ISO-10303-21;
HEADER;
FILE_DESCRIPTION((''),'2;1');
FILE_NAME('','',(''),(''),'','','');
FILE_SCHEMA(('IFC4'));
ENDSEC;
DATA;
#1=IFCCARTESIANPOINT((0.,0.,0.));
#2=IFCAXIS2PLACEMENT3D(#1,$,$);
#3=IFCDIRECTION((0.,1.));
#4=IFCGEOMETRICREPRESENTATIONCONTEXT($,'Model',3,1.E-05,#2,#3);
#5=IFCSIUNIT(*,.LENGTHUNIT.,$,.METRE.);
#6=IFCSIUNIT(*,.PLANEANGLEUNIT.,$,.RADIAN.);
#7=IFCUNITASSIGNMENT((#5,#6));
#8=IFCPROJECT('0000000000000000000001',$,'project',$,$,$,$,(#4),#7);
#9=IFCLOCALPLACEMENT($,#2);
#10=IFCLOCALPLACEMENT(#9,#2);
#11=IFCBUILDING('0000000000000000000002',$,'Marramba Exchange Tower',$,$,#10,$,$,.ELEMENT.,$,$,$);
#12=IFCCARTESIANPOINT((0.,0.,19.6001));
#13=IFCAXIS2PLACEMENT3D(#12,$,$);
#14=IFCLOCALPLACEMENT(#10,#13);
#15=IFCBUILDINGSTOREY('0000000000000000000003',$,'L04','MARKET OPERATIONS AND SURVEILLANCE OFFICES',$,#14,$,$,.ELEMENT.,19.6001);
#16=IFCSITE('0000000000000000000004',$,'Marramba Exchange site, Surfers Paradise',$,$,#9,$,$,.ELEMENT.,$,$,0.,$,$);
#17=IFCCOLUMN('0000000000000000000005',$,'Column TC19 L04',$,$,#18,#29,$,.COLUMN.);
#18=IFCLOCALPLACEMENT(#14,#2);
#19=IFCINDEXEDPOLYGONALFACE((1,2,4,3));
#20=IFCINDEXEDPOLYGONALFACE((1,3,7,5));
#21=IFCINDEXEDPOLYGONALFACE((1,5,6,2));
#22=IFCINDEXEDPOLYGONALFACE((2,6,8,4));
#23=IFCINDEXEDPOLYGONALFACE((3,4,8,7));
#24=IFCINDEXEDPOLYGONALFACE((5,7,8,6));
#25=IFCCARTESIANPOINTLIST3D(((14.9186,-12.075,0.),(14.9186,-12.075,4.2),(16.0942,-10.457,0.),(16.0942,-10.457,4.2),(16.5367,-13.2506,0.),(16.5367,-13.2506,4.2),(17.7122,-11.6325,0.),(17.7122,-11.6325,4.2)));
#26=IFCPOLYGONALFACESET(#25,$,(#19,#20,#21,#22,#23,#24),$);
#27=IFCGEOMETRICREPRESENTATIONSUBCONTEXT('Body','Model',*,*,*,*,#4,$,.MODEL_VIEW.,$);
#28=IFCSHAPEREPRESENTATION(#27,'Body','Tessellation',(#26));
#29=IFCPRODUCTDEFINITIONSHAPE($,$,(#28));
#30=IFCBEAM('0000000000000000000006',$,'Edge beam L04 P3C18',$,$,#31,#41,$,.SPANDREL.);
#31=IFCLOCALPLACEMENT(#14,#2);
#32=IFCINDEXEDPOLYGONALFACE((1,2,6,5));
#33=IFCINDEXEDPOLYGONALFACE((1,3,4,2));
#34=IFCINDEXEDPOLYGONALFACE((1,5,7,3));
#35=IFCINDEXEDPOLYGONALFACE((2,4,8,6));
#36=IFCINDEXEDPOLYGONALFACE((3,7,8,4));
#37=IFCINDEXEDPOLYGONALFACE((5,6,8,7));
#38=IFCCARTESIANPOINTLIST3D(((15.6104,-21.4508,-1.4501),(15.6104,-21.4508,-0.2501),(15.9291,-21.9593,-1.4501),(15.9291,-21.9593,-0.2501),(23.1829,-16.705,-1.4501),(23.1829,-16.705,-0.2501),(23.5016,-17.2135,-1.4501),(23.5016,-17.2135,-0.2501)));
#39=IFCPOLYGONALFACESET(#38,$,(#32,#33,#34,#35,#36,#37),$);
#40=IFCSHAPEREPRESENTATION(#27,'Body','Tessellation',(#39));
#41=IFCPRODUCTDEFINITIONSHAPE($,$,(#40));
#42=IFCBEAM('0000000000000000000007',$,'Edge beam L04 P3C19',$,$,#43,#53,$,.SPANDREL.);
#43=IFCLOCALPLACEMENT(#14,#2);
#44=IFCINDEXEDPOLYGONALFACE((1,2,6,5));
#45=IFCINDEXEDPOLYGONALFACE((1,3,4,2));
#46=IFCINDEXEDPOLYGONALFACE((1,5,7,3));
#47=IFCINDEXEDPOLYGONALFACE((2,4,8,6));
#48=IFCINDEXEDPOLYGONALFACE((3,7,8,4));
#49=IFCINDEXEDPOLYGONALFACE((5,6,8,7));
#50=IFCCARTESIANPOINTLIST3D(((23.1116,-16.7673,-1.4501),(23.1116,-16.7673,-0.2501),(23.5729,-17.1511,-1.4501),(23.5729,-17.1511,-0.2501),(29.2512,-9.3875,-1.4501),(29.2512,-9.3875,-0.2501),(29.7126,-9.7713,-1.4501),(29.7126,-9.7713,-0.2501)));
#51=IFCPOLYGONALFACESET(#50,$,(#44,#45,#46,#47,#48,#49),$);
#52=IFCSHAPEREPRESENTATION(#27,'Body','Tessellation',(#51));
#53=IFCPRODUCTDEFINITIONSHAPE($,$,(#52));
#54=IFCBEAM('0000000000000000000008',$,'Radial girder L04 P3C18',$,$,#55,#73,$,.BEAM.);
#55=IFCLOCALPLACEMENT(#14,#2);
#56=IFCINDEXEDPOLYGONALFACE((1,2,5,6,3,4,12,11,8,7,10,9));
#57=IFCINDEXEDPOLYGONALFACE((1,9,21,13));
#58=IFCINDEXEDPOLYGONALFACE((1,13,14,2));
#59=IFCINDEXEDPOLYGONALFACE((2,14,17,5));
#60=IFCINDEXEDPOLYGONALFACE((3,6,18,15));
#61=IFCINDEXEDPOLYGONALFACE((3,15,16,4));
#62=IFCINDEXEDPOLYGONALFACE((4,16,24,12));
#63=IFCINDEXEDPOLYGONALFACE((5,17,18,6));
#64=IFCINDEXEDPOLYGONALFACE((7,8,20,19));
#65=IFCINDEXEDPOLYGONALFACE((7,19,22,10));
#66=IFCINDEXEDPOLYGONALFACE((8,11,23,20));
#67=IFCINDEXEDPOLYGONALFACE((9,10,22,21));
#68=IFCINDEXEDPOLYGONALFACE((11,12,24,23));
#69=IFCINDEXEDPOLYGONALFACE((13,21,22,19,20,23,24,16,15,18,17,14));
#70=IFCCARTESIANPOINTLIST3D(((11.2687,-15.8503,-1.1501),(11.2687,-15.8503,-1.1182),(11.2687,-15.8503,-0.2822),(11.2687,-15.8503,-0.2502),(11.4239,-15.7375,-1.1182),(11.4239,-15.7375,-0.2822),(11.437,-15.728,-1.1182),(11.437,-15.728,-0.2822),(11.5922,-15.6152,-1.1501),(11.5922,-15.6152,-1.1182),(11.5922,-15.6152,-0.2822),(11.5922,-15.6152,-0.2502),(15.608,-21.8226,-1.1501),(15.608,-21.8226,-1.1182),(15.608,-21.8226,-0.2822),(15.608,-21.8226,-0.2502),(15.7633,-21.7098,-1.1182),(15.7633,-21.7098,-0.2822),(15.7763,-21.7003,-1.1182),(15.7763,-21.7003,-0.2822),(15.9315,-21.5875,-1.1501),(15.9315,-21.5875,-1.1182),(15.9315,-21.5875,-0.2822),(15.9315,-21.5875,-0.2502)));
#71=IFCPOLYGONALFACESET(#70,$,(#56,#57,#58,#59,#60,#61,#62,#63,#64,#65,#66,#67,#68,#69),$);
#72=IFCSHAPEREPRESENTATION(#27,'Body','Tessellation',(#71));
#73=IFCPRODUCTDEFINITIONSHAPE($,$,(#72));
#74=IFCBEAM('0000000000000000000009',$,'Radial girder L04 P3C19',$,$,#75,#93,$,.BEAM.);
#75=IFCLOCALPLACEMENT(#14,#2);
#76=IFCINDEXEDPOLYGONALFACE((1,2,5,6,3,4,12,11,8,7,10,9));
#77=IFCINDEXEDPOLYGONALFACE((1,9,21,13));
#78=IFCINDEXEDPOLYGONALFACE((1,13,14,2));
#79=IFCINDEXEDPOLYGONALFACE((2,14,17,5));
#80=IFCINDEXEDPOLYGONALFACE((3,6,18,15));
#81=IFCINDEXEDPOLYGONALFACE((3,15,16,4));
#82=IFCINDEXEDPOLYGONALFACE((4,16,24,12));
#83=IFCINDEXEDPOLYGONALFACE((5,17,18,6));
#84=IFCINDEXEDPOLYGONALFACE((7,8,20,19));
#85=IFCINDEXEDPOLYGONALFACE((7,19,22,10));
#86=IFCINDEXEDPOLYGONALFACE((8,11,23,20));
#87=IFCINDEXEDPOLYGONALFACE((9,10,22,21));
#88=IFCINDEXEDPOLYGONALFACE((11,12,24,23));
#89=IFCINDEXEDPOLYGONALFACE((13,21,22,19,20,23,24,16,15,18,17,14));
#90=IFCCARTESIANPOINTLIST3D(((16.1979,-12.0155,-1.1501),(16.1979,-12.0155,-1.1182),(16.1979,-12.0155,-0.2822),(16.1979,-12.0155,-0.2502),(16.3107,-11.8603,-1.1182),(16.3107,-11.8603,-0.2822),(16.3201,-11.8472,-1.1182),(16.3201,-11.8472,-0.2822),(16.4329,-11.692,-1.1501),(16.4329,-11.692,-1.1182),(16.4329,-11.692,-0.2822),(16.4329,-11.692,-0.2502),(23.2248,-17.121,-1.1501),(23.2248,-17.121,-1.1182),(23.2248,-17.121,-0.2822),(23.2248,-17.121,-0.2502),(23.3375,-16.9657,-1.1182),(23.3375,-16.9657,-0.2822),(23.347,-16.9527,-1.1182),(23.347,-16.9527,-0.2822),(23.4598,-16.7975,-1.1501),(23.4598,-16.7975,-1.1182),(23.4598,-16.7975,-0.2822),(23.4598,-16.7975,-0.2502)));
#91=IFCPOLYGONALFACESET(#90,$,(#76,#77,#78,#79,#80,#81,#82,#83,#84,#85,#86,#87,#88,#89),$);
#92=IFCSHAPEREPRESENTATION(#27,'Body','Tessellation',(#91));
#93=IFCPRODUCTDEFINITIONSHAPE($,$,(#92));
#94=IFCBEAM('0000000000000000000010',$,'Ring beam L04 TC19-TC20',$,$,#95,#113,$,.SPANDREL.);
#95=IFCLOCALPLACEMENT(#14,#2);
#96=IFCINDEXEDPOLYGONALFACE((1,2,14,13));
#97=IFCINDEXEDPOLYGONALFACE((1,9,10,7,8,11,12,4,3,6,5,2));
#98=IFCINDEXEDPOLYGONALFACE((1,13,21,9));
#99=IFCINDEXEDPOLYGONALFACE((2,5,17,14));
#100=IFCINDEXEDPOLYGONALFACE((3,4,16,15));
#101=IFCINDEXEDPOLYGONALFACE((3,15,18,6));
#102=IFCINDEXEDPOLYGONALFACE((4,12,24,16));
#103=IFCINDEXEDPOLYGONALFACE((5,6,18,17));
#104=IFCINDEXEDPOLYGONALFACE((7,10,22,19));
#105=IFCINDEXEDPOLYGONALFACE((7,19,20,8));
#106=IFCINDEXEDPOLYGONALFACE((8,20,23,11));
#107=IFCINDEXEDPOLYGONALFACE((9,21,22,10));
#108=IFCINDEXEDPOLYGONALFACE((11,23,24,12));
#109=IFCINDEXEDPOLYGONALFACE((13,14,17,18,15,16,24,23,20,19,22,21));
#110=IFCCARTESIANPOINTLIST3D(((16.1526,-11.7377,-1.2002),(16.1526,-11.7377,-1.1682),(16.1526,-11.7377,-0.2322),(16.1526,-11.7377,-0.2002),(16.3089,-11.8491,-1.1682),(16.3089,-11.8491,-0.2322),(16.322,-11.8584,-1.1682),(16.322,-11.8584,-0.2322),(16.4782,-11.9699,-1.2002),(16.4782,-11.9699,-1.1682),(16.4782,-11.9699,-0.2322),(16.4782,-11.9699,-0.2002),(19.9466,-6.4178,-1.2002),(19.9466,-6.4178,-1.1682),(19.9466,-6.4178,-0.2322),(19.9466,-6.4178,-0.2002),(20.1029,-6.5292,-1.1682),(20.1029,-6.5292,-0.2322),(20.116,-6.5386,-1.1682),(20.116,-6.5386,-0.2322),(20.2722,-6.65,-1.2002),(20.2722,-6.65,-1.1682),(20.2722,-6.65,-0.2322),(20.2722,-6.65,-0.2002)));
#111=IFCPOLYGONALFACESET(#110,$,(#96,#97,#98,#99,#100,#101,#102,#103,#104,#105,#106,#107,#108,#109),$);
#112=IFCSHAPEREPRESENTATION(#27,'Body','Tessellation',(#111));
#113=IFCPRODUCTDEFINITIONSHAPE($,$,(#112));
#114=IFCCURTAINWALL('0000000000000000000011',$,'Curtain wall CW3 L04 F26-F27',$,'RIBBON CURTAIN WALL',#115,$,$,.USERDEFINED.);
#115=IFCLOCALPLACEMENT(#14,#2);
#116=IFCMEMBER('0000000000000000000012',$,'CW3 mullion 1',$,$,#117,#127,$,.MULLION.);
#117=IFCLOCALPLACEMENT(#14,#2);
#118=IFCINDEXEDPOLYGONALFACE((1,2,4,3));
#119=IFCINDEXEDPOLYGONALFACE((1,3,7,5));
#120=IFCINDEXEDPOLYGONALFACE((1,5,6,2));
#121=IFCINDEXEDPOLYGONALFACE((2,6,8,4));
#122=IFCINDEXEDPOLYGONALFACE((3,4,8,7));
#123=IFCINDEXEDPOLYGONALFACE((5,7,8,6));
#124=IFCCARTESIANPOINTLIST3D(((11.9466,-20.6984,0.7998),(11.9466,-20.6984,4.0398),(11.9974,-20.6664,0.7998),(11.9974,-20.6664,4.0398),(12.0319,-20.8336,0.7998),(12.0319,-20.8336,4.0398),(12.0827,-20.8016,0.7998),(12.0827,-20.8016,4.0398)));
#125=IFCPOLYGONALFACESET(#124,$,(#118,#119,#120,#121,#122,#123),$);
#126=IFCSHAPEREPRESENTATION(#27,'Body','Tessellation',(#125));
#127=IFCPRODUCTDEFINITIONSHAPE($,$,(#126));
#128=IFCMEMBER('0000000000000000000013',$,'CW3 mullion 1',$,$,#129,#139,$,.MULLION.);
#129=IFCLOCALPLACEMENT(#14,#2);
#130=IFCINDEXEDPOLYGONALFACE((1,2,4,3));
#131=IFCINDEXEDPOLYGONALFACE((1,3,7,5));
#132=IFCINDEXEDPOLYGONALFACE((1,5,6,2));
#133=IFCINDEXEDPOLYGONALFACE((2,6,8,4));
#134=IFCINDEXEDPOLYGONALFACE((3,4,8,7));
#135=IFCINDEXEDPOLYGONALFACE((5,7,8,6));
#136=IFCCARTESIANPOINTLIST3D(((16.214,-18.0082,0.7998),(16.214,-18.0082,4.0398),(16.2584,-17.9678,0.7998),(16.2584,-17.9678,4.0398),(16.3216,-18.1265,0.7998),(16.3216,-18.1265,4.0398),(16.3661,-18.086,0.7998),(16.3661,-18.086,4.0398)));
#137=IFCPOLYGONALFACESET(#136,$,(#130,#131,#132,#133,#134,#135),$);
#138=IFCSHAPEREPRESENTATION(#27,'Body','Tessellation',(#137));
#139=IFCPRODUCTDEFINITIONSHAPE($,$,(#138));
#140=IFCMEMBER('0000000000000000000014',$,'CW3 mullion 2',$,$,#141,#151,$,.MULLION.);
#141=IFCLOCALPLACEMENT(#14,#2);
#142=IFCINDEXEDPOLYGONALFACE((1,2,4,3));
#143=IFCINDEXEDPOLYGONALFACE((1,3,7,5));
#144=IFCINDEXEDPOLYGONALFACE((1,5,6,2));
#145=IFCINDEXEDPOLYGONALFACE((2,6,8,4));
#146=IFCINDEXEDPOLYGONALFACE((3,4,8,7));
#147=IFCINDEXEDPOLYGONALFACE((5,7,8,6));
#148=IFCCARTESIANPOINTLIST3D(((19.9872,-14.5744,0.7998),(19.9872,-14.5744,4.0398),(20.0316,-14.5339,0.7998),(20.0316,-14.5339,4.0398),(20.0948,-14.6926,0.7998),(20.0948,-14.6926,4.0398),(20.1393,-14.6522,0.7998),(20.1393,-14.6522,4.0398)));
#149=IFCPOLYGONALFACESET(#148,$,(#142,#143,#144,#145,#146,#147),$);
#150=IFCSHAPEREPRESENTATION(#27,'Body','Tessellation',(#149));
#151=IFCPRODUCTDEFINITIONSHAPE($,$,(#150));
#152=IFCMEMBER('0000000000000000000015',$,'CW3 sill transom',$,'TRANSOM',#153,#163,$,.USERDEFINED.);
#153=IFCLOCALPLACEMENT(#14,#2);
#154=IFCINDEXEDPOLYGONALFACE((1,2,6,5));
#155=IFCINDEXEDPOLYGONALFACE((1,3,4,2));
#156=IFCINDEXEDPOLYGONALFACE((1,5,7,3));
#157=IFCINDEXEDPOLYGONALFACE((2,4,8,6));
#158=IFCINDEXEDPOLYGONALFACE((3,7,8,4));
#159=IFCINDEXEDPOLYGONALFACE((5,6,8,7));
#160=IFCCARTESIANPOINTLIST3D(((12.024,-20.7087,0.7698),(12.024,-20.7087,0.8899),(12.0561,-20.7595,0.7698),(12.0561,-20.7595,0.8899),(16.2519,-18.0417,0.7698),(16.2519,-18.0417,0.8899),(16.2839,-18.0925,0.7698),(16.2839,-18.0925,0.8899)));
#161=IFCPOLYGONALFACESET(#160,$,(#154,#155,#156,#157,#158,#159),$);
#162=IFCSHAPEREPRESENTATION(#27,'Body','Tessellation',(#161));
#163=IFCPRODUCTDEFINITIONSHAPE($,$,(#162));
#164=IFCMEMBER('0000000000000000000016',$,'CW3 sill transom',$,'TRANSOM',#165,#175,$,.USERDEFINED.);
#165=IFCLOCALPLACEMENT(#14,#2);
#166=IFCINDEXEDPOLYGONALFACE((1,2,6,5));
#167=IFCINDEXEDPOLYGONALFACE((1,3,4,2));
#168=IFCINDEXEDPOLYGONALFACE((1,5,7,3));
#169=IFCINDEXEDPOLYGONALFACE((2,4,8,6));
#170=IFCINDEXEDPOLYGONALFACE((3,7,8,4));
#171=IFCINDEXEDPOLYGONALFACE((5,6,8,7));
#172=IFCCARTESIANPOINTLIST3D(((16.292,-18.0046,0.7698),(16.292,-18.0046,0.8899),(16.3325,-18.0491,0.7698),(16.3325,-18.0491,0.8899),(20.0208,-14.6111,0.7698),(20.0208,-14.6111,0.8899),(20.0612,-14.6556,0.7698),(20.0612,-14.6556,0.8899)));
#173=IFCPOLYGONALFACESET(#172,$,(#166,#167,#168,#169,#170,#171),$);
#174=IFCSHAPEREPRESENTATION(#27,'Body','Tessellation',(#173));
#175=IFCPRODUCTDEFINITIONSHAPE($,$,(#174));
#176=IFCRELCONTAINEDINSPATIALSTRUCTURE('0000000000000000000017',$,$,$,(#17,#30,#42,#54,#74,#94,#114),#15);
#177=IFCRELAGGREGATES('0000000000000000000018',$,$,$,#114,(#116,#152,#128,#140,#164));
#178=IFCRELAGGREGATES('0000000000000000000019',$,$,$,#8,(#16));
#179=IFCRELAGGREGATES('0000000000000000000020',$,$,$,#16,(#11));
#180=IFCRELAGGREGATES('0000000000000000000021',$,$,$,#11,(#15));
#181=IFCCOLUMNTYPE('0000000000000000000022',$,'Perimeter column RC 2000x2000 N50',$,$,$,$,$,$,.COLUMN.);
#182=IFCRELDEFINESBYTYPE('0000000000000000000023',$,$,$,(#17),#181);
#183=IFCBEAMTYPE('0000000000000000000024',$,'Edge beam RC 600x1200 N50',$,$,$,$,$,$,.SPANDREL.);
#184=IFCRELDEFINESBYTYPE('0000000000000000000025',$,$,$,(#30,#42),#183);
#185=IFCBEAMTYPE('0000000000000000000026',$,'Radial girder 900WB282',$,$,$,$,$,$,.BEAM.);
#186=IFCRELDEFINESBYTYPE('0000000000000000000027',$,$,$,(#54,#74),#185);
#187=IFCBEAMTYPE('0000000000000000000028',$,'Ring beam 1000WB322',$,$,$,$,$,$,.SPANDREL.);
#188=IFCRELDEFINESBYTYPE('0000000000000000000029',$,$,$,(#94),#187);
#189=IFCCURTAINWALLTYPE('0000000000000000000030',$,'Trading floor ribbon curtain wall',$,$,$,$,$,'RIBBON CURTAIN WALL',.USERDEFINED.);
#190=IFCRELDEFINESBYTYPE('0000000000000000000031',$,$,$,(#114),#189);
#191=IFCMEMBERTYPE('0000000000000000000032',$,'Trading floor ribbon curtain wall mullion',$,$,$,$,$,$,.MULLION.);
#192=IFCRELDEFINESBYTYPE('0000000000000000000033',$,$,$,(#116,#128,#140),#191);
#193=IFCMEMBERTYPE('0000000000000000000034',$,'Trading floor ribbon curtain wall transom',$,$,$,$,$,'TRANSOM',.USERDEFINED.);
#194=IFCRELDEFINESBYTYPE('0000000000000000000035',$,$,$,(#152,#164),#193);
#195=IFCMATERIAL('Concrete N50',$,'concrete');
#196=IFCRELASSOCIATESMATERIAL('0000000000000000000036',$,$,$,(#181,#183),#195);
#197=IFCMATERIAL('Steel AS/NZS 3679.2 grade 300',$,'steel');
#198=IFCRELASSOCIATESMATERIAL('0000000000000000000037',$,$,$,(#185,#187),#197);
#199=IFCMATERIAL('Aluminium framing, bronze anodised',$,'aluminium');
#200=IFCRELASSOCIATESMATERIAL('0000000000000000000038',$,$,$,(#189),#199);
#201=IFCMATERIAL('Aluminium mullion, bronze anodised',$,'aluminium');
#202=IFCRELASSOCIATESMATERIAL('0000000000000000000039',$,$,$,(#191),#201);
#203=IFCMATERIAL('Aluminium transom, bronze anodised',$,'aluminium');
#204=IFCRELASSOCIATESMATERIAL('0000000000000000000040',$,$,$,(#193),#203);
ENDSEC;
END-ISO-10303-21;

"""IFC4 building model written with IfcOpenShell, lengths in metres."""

from ifc_helpers import new_model, si_unit, direction, frame, origin, origin_2d, place, context, subcontext, project, spatial, rectangle, i_section, extrude, material, material_profile, profile_set, type_object, element, aggregate, save


model = new_model("IFC4")

# Units and contexts
model_context = context("Model", 3, precision=1e-05, world=origin(), true_north=direction((0.0, 1.0)))
body_context = subcontext(model_context, "Body", "Model", "MODEL_VIEW")
ifc_project = project(units=[si_unit("LENGTHUNIT", "METRE"), si_unit("PLANEANGLEUNIT", "RADIAN")], contexts=[model_context])

# Site, building, storey
site_placement = place(None, origin())
site = spatial("IfcSite", under=ifc_project, at=site_placement, Name="Marramba Exchange site, Surfers Paradise", CompositionType="ELEMENT", RefElevation=0.0)
building_placement = place(site_placement, origin())
building = spatial("IfcBuilding", under=site, at=building_placement, Name="Marramba Exchange Tower", CompositionType="ELEMENT")
storey_placement = place(building_placement, frame((0.0, 0.0, 19.6001)))
storey = spatial("IfcBuildingStorey", under=building, at=storey_placement, Name="L04", Description="MARKET OPERATIONS AND SURVEILLANCE OFFICES", CompositionType="ELEMENT", Elevation=19.6001)

# Column
ifc_material_1 = material(Name="Concrete N50", Category="concrete")
ifc_material_profile_1 = material_profile(ifc_material_1, rectangle(XDim=2.0, YDim=2.0, at=origin_2d()), Name="RC 2000x2000")
ifc_profile_set_1 = profile_set([ifc_material_profile_1], Name="Concrete N50")
column_type = type_object("IfcColumnType", Name="Perimeter column RC 2000x2000 N50", PredefinedType="COLUMN", material=ifc_profile_set_1)
column_placement = place(storey_placement, frame((16.3154, -11.8538, 0.0), z_axis=(0.0, 0.0, 1.0), x_axis=(0.809017, -0.587785, 0.0)))
element("IfcColumn", 1, at=column_placement, inside=storey, type_object=column_type, Name="Column TC19 L04", PredefinedType="COLUMN", context=body_context, shape_type="SweptSolid", body=[
    extrude(rectangle(XDim=2.0, YDim=2.0, at=origin_2d()), origin(), (0.0, 0.0, 1.0), 4.2),
])

# Beams
ifc_material_profile_2 = material_profile(ifc_material_1, rectangle(XDim=0.6001, YDim=1.2, at=origin_2d()), Name="RC 600x1200")
ifc_profile_set_2 = profile_set([ifc_material_profile_2], Name="Concrete N50")
beam_type_1 = type_object("IfcBeamType", Name="Edge beam RC 600x1200 N50", PredefinedType="SPANDREL", material=ifc_profile_set_2)
beam_1_placement = place(storey_placement, frame((15.7698, -21.7051, -0.8501), z_axis=(0.847342, 0.531047, 0.0), x_axis=(-0.531047, 0.847342, 0.0)))
element("IfcBeam", 2, at=beam_1_placement, inside=storey, type_object=beam_type_1, Name="Edge beam L04 P3C18", PredefinedType="SPANDREL", context=body_context, shape_type="SweptSolid", body=[
    extrude(rectangle(XDim=0.6001, YDim=1.2, at=origin_2d()), origin(), (0.0, 0.0, 1.0), 8.9368),
])
beam_2_placement = place(storey_placement, frame((23.3423, -16.9592, -0.8501), z_axis=(0.639554, 0.768746, 0.0), x_axis=(-0.768746, 0.639554, 0.0)))
element("IfcBeam", 3, at=beam_2_placement, inside=storey, type_object=beam_type_1, Name="Edge beam L04 P3C19", PredefinedType="SPANDREL", context=body_context, shape_type="SweptSolid", body=[
    extrude(rectangle(XDim=0.6001, YDim=1.2, at=origin_2d()), origin(), (0.0, 0.0, 1.0), 9.5999),
])
ifc_material_2 = material(Name="Steel AS/NZS 3679.2 grade 300", Category="steel")
ifc_material_profile_3 = material_profile(ifc_material_2, i_section(OverallWidth=0.3999, OverallDepth=0.8999, WebThickness=0.0161, FlangeThickness=0.032, at=origin_2d()), Name="900WB282")
ifc_profile_set_3 = profile_set([ifc_material_profile_3], Name="Steel AS/NZS 3679.2 grade 300")
beam_type_2 = type_object("IfcBeamType", Name="Radial girder 900WB282", PredefinedType="BEAM", material=ifc_profile_set_3)
beam_3_placement = place(storey_placement, frame((15.7698, -21.7051, -0.7002), z_axis=(-0.587798, 0.809008, 0.0), x_axis=(-0.809008, -0.587798, 0.0)))
element("IfcBeam", 4, at=beam_3_placement, inside=storey, type_object=beam_type_2, Name="Radial girder L04 P3C18", PredefinedType="BEAM", context=body_context, shape_type="SweptSolid", body=[
    extrude(i_section(OverallWidth=0.3999, OverallDepth=0.8999, WebThickness=0.0161, FlangeThickness=0.032, at=origin_2d()), origin(), (0.0, 0.0, 1.0), 7.3823),
])
beam_4_placement = place(storey_placement, frame((23.3423, -16.9592, -0.7002), z_axis=(-0.809008, 0.587797, 0.0), x_axis=(-0.587797, -0.809008, 0.0)))
element("IfcBeam", 5, at=beam_4_placement, inside=storey, type_object=beam_type_2, Name="Radial girder L04 P3C19", PredefinedType="BEAM", context=body_context, shape_type="SweptSolid", body=[
    extrude(i_section(OverallWidth=0.3999, OverallDepth=0.8999, WebThickness=0.0161, FlangeThickness=0.032, at=origin_2d()), origin(), (0.0, 0.0, 1.0), 8.6858),
])
ifc_material_profile_4 = material_profile(ifc_material_2, i_section(OverallWidth=0.3999, OverallDepth=1.0, WebThickness=0.0161, FlangeThickness=0.032, at=origin_2d()), Name="1000WB322")
ifc_profile_set_4 = profile_set([ifc_material_profile_4], Name="Steel AS/NZS 3679.2 grade 300")
beam_type_3 = type_object("IfcBeamType", Name="Ring beam 1000WB322", PredefinedType="SPANDREL", material=ifc_profile_set_4)
beam_5_placement = place(storey_placement, frame((16.3154, -11.8538, -0.7002), z_axis=(0.580637, 0.814162, 0.0), x_axis=(-0.814162, 0.580637, 0.0)))
element("IfcBeam", 6, at=beam_5_placement, inside=storey, type_object=beam_type_3, Name="Ring beam L04 TC19-TC20", PredefinedType="SPANDREL", context=body_context, shape_type="SweptSolid", body=[
    extrude(i_section(OverallWidth=0.3999, OverallDepth=1.0, WebThickness=0.0161, FlangeThickness=0.032, at=origin_2d()), origin(), (0.0, 0.0, 1.0), 6.5342),
])

# Curtain wall, members
ifc_material_3 = material(Name="Aluminium framing, bronze anodised", Category="aluminium")
curtain_wall_type = type_object("IfcCurtainWallType", Name="Trading floor ribbon curtain wall", ElementType="RIBBON CURTAIN WALL", PredefinedType="USERDEFINED", material=ifc_material_3)
curtain_wall_placement = place(storey_placement, origin())
curtain_wall = element("IfcCurtainWall", 7, at=curtain_wall_placement, inside=storey, type_object=curtain_wall_type, Name="Curtain wall CW3 L04 F26-F27", ObjectType="RIBBON CURTAIN WALL", PredefinedType="USERDEFINED")
ifc_material_4 = material(Name="Aluminium mullion, bronze anodised", Category="aluminium")
ifc_material_profile_5 = material_profile(ifc_material_4, rectangle(XDim=0.1599, YDim=0.0601, at=origin_2d()), Name="CW3 mullion 60x160")
ifc_profile_set_5 = profile_set([ifc_material_profile_5], Name="Aluminium mullion, bronze anodised")
member_type_1 = type_object("IfcMemberType", Name="Trading floor ribbon curtain wall mullion", PredefinedType="MULLION", material=ifc_profile_set_5)
member_1_placement = place(storey_placement, frame((12.0146, -20.75, 0.7998), z_axis=(0.0, 0.0, 1.0), x_axis=(-0.533515, 0.845791, 0.0)))
member_1 = element("IfcMember", 8, at=member_1_placement, type_object=member_type_1, Name="CW3 mullion 1", PredefinedType="MULLION", context=body_context, shape_type="SweptSolid", body=[
    extrude(rectangle(XDim=0.1599, YDim=0.0601, at=origin_2d()), origin(), (0.0, 0.0, 1.0), 3.24),
])
member_2_placement = place(storey_placement, frame((16.29, -18.0471, 0.7998), z_axis=(0.0, 0.0, 1.0), x_axis=(-0.673058, 0.73959, 0.0)))
member_2 = element("IfcMember", 9, at=member_2_placement, type_object=member_type_1, Name="CW3 mullion 1", PredefinedType="MULLION", context=body_context, shape_type="SweptSolid", body=[
    extrude(rectangle(XDim=0.1599, YDim=0.0601, at=origin_2d()), origin(), (0.0, 0.0, 1.0), 3.24),
])
member_3_placement = place(storey_placement, frame((20.0632, -14.6133, 0.7998), z_axis=(0.0, 0.0, 1.0), x_axis=(-0.673058, 0.73959, 0.0)))
member_3 = element("IfcMember", 10, at=member_3_placement, type_object=member_type_1, Name="CW3 mullion 2", PredefinedType="MULLION", context=body_context, shape_type="SweptSolid", body=[
    extrude(rectangle(XDim=0.1599, YDim=0.0601, at=origin_2d()), origin(), (0.0, 0.0, 1.0), 3.24),
])
ifc_material_5 = material(Name="Aluminium transom, bronze anodised", Category="aluminium")
ifc_material_profile_6 = material_profile(ifc_material_5, rectangle(XDim=0.0601, YDim=0.1201, at=origin_2d()), Name="CW3 transom 60x120")
ifc_profile_set_6 = profile_set([ifc_material_profile_6], Name="Aluminium transom, bronze anodised")
member_type_2 = type_object("IfcMemberType", Name="Trading floor ribbon curtain wall transom", ElementType="TRANSOM", PredefinedType="USERDEFINED", material=ifc_profile_set_6)
member_4_placement = place(storey_placement, frame((12.04, -20.7341, 0.8298), z_axis=(0.845777, 0.533537, 0.0), x_axis=(-0.533537, 0.845777, 0.0)))
member_4 = element("IfcMember", 11, at=member_4_placement, type_object=member_type_2, Name="CW3 sill transom", ObjectType="TRANSOM", PredefinedType="USERDEFINED", context=body_context, shape_type="SweptSolid", body=[
    extrude(rectangle(XDim=0.0601, YDim=0.1201, at=origin_2d()), origin(), (0.0, 0.0, 1.0), 4.9988),
])
member_5_placement = place(storey_placement, frame((16.3123, -18.0269, 0.8298), z_axis=(0.739567, 0.673082, 0.0), x_axis=(-0.673082, 0.739567, 0.0)))
member_5 = element("IfcMember", 12, at=member_5_placement, type_object=member_type_2, Name="CW3 sill transom", ObjectType="TRANSOM", PredefinedType="USERDEFINED", context=body_context, shape_type="SweptSolid", body=[
    extrude(rectangle(XDim=0.0601, YDim=0.1201, at=origin_2d()), origin(), (0.0, 0.0, 1.0), 5.0417),
])
aggregate(curtain_wall, [member_1, member_4, member_2, member_3, member_5])

save(model, "model.ifc")
